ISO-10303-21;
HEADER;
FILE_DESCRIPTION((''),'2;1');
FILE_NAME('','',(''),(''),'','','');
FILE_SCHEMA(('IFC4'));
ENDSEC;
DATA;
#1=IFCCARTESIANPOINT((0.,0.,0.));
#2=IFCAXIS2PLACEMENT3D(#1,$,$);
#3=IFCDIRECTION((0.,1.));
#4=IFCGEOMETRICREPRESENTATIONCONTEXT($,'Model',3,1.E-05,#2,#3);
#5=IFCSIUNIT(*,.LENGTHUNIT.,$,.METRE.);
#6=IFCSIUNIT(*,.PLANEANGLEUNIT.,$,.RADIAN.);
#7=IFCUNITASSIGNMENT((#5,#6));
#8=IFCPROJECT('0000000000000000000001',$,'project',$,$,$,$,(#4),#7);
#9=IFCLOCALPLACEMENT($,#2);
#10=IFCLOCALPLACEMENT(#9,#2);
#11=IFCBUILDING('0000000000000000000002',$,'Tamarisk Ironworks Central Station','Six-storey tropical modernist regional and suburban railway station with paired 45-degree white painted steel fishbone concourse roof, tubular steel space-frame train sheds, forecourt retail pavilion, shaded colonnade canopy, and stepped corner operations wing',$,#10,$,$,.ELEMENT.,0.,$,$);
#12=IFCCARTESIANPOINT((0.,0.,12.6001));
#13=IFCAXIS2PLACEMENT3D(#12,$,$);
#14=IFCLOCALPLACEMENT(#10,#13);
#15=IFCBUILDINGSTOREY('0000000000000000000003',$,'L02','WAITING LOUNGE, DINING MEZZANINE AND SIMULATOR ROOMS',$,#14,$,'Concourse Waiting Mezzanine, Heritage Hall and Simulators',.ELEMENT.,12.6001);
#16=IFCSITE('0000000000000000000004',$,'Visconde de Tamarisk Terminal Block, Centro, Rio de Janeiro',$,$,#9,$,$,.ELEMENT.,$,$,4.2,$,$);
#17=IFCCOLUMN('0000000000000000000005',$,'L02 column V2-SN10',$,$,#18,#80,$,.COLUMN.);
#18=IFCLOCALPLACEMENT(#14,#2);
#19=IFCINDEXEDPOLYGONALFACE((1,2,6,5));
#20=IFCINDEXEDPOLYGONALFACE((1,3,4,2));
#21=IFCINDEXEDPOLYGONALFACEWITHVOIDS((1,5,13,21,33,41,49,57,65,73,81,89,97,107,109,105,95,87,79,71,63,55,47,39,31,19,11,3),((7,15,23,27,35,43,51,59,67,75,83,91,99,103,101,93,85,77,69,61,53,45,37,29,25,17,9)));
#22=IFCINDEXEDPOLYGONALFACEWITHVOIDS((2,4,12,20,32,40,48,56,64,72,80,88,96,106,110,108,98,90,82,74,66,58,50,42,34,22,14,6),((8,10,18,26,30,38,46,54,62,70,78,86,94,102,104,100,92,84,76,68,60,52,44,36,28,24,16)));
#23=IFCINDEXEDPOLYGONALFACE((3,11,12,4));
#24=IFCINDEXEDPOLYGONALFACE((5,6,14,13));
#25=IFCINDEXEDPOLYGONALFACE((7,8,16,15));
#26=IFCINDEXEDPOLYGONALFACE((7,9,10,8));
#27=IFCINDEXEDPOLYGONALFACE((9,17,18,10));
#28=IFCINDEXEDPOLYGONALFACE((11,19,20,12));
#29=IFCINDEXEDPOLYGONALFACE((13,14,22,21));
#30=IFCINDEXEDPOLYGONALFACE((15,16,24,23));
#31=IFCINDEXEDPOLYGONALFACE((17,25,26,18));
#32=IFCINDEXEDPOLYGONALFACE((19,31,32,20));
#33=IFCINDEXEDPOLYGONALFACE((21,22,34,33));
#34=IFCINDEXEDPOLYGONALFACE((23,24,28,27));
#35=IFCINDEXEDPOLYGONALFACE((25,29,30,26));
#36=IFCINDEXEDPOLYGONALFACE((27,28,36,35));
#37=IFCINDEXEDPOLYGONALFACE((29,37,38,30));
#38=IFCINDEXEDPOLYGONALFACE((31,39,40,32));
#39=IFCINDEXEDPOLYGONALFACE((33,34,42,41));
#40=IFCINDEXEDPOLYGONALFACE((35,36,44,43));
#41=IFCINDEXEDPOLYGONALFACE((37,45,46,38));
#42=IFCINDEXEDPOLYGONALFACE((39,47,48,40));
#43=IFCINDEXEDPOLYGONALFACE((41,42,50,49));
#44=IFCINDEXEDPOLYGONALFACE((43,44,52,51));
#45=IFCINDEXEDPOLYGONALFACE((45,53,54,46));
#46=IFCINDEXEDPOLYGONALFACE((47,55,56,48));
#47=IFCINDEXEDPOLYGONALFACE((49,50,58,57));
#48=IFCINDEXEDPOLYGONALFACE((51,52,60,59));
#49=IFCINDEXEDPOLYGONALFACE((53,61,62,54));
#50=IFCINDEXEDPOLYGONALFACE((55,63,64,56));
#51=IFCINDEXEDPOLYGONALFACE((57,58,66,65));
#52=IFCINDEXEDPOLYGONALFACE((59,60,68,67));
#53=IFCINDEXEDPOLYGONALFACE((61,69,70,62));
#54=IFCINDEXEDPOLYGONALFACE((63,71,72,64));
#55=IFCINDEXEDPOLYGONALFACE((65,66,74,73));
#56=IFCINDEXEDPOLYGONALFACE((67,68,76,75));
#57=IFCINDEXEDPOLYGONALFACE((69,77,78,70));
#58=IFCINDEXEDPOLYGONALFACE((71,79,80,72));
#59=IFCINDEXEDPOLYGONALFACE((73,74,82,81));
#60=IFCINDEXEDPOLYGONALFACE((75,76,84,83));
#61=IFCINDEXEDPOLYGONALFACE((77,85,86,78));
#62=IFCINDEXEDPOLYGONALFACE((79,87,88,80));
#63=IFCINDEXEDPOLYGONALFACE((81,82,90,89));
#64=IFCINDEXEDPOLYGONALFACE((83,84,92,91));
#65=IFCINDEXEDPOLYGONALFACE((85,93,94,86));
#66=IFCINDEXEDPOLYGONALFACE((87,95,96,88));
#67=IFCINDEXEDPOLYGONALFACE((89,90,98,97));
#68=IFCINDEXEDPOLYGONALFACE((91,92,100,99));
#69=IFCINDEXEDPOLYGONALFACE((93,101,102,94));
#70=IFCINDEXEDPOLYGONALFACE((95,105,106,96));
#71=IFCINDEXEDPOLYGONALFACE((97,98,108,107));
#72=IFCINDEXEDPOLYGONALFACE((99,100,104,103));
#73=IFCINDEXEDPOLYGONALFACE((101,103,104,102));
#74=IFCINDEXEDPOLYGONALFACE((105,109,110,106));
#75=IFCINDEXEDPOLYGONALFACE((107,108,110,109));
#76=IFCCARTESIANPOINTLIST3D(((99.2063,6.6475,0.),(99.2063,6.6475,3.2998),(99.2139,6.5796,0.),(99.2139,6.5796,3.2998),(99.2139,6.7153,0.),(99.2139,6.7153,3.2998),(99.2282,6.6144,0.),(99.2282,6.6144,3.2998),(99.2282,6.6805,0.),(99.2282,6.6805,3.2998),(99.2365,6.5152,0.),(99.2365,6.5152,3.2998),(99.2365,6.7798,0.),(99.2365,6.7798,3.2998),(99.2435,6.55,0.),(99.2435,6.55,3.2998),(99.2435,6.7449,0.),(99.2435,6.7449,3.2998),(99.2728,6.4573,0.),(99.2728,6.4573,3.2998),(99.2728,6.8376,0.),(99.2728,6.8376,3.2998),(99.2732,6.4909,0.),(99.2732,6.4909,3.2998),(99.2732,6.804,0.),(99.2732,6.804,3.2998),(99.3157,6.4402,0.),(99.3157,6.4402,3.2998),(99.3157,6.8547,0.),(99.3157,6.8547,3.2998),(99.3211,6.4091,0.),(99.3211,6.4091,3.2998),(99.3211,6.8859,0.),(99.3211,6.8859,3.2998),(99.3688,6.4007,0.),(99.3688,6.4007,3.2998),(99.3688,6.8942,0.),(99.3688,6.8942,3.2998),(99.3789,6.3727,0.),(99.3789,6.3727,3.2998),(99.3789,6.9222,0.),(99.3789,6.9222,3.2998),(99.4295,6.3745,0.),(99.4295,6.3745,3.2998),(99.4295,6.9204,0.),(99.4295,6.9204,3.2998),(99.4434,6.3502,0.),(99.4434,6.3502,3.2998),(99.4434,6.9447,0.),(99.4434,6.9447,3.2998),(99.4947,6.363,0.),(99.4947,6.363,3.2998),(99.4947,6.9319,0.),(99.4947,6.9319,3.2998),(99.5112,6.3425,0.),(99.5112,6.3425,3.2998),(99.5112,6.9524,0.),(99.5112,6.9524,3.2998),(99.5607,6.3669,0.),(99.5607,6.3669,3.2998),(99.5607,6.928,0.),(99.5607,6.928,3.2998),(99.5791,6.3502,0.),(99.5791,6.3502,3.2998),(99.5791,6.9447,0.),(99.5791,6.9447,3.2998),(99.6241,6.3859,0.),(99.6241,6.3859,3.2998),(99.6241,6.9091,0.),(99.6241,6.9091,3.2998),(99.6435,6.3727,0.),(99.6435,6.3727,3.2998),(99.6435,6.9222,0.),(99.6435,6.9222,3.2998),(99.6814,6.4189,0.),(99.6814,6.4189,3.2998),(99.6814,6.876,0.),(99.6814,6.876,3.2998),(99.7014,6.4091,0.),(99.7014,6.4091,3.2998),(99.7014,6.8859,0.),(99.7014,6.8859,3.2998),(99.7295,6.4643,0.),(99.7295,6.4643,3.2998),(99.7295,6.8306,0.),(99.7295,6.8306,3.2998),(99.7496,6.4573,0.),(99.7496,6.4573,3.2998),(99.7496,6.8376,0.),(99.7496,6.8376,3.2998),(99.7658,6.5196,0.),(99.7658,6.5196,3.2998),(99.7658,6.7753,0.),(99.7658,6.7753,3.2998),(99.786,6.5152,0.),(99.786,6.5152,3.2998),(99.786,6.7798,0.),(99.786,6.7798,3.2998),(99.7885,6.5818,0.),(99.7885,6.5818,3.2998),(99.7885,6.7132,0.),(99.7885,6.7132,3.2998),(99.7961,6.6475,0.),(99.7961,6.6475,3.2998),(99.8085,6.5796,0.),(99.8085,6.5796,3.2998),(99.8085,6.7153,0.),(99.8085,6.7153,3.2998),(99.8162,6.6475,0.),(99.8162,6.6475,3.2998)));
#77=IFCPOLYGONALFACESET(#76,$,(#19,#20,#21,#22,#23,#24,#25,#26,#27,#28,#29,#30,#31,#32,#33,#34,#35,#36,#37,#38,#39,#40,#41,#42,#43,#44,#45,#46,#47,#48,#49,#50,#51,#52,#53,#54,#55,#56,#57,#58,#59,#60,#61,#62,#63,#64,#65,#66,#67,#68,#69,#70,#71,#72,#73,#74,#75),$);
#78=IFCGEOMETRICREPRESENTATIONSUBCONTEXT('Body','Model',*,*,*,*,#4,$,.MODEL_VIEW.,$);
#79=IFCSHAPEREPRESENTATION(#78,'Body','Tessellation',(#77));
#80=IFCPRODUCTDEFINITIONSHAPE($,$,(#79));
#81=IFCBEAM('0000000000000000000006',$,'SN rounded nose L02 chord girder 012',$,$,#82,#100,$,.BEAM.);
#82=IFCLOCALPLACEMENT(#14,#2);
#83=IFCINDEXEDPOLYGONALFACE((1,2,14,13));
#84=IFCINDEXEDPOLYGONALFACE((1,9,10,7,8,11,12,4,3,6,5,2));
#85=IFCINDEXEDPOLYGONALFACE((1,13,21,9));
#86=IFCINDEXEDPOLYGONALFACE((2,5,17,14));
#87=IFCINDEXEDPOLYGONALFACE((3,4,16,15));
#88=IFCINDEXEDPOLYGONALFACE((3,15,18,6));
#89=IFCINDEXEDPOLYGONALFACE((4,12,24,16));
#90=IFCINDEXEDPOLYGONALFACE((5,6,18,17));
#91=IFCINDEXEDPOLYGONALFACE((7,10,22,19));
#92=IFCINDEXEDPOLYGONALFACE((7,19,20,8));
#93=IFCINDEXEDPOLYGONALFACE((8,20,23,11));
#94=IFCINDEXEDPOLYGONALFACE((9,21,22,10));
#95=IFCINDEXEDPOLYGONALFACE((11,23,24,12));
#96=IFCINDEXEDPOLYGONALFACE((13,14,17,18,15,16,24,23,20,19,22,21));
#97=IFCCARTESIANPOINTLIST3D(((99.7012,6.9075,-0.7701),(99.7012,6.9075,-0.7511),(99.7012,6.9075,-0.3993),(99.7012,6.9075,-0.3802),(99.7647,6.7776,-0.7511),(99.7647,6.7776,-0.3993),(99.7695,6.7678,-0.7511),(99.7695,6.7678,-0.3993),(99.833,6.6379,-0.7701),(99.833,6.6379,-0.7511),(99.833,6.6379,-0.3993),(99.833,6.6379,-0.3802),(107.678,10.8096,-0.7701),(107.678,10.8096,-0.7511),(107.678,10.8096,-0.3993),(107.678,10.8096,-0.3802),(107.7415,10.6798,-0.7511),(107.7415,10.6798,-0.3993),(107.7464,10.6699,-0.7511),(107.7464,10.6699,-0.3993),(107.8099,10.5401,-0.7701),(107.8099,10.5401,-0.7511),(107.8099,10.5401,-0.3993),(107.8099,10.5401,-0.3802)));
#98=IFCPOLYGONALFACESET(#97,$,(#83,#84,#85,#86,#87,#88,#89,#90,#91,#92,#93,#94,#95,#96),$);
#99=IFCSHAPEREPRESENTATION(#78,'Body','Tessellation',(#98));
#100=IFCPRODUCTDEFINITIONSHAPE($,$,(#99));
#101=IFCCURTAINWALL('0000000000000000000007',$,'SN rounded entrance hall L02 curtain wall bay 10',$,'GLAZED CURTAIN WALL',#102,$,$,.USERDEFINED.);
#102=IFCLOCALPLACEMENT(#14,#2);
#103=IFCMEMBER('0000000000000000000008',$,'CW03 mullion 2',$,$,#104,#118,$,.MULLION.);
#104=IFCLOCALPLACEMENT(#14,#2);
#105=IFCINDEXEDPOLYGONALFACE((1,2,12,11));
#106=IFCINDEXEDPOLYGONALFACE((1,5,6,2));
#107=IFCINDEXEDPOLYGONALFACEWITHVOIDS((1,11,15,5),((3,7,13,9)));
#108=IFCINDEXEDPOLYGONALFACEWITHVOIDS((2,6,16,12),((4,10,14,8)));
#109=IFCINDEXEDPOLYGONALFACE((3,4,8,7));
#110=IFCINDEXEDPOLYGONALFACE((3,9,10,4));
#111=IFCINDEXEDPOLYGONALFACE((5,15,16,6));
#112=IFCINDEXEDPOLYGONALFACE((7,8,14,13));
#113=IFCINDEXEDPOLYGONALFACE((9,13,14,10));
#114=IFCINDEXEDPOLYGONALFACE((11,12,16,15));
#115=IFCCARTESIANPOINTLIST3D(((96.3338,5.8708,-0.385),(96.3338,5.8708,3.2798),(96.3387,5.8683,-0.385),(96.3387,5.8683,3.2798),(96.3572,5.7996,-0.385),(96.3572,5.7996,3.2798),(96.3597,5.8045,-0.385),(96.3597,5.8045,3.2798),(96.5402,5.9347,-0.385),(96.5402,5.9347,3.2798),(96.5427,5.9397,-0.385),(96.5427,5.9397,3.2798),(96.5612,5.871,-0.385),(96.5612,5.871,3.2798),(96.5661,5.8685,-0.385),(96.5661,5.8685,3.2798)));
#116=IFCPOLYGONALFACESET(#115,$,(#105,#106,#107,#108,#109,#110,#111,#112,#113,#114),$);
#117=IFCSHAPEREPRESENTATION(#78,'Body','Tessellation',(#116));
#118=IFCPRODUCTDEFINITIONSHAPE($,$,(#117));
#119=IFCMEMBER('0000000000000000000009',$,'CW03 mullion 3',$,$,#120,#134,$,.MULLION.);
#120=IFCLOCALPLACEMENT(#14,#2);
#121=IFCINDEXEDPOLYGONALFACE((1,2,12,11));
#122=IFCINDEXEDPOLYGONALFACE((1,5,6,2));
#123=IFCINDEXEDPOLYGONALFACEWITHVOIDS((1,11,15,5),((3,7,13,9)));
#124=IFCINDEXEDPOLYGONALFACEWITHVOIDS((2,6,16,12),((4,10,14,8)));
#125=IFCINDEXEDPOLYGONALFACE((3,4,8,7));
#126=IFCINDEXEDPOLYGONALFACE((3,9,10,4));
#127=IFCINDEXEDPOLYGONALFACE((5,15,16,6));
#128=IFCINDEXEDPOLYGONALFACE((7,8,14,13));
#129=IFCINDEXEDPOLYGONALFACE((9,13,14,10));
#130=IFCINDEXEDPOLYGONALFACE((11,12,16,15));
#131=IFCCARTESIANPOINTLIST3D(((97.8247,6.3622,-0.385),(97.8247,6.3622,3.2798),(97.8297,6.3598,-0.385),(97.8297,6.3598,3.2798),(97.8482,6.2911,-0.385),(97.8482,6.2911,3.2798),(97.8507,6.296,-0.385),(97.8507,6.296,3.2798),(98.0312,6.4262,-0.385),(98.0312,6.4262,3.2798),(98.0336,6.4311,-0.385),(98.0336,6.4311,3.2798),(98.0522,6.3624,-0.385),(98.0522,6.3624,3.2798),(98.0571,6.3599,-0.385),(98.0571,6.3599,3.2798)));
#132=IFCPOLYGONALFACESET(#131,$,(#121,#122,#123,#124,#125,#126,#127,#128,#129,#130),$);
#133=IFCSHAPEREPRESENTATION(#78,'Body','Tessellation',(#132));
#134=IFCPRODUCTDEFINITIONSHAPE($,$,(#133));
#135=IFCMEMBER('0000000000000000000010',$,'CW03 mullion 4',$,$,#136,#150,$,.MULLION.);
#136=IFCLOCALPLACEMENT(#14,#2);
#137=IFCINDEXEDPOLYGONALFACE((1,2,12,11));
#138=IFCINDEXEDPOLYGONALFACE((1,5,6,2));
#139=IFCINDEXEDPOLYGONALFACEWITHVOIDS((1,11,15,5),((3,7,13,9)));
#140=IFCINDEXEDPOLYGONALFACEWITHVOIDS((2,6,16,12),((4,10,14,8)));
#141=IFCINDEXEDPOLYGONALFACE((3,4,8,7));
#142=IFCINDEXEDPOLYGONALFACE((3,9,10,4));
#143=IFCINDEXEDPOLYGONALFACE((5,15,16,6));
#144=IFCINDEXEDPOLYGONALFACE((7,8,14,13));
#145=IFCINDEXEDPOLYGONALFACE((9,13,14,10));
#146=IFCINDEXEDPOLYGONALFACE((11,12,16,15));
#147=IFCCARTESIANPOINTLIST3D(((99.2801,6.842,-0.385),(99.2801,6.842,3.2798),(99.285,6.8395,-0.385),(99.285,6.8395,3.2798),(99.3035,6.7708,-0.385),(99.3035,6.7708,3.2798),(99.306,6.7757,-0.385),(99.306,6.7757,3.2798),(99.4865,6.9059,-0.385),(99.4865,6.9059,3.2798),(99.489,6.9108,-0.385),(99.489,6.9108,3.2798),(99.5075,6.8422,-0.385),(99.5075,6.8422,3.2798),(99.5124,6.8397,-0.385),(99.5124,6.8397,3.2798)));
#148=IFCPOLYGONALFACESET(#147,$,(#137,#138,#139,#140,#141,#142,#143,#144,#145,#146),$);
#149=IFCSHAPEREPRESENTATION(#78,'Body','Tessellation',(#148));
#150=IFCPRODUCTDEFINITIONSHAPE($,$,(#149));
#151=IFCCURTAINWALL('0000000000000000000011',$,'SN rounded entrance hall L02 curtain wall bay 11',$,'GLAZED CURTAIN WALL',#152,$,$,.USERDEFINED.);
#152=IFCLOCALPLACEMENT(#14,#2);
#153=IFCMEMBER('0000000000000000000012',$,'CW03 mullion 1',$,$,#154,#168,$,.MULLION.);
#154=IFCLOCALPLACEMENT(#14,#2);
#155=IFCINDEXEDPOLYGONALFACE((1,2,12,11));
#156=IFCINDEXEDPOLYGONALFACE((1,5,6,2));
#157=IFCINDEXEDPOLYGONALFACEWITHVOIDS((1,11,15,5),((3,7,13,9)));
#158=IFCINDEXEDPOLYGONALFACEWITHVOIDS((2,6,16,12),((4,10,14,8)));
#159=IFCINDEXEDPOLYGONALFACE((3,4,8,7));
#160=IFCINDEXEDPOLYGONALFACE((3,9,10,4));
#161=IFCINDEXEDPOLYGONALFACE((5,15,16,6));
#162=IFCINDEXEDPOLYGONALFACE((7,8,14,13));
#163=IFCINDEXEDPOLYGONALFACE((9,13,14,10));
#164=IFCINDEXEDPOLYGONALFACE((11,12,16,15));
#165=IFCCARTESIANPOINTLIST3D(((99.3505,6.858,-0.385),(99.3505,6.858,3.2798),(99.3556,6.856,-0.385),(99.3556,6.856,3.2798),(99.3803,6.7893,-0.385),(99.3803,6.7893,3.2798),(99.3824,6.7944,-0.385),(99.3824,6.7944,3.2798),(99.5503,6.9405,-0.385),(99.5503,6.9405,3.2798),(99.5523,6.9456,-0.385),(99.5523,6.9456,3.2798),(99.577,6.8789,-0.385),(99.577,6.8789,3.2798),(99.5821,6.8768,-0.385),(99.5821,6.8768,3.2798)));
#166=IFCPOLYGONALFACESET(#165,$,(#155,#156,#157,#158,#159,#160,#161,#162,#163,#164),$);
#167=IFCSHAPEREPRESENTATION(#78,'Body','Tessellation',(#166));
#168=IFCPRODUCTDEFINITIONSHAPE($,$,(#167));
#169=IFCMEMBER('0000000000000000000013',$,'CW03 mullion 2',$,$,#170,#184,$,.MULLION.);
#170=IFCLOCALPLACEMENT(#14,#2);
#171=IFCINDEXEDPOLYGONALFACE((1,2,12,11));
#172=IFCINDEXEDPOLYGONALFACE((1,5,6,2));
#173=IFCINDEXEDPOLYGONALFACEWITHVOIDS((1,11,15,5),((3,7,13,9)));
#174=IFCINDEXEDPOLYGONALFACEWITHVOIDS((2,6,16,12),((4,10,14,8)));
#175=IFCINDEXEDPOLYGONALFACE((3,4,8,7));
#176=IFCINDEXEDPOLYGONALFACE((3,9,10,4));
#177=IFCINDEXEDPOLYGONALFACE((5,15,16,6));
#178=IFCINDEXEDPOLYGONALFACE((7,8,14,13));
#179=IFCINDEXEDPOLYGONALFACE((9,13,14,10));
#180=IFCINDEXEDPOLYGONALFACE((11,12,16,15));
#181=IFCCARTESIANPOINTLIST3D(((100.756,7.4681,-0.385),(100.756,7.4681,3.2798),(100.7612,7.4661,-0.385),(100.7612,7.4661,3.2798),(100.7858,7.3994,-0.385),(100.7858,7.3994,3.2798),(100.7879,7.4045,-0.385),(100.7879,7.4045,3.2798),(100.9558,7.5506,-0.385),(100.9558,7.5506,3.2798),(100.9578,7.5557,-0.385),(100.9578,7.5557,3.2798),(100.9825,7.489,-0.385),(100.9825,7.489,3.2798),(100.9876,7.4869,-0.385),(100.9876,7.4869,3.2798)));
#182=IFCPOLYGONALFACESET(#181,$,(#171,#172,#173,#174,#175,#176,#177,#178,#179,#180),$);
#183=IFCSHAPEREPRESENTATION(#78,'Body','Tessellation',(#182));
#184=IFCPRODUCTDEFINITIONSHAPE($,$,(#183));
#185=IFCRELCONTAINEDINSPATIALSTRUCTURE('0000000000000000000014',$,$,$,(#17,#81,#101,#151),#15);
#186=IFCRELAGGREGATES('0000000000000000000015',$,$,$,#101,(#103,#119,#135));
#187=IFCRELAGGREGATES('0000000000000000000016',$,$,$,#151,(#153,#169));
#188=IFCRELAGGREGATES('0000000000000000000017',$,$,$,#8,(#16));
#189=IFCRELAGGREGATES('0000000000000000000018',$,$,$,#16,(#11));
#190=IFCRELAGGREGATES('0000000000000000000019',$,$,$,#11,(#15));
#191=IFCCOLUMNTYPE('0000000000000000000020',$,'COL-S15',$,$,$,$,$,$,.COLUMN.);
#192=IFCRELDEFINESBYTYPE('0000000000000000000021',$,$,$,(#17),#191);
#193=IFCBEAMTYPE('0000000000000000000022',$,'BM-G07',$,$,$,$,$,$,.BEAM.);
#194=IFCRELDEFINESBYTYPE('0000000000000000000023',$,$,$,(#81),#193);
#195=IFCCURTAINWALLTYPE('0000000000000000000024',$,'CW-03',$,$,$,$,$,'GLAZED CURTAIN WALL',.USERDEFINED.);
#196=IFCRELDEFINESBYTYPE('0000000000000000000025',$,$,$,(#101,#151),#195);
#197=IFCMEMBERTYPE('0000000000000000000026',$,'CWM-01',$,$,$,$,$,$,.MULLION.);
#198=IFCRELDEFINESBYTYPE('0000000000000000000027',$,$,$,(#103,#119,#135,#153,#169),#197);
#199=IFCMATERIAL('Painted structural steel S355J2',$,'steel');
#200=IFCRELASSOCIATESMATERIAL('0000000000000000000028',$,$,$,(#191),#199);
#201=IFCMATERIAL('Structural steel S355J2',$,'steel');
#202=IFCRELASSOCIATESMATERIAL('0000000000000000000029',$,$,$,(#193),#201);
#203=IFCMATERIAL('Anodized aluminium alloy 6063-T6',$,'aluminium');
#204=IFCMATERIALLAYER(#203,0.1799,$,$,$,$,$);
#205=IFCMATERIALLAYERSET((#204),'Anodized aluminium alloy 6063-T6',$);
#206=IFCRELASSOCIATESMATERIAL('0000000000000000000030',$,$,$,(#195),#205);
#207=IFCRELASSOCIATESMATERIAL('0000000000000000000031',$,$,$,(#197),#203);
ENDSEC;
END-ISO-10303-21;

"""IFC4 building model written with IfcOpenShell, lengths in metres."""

from ifc_helpers import new_model, si_unit, direction, frame, origin, origin_2d, place, context, subcontext, project, spatial, hollow_rectangle, hollow_circle, i_section, extrude, material, layer, layer_set, material_profile, profile_set, type_object, element, aggregate, save


model = new_model("IFC4")

# Units and contexts
model_context = context("Model", 3, precision=1e-05, world=origin(), true_north=direction((0.0, 1.0)))
body_context = subcontext(model_context, "Body", "Model", "MODEL_VIEW")
ifc_project = project(units=[si_unit("LENGTHUNIT", "METRE"), si_unit("PLANEANGLEUNIT", "RADIAN")], contexts=[model_context])

# Site, building, storey
site_placement = place(None, origin())
site = spatial("IfcSite", under=ifc_project, at=site_placement, Name="Visconde de Tamarisk Terminal Block, Centro, Rio de Janeiro", CompositionType="ELEMENT", RefElevation=4.2)
building_placement = place(site_placement, origin())
building = spatial("IfcBuilding", under=site, at=building_placement, Name="Tamarisk Ironworks Central Station", Description="Six-storey tropical modernist regional and suburban railway station with paired 45-degree white painted steel fishbone concourse roof, tubular steel space-frame train sheds, forecourt retail pavilion, shaded colonnade canopy, and stepped corner operations wing", CompositionType="ELEMENT", ElevationOfRefHeight=0.0)
storey_placement = place(building_placement, frame((0.0, 0.0, 12.6001)))
storey = spatial("IfcBuildingStorey", under=building, at=storey_placement, Name="L02", Description="WAITING LOUNGE, DINING MEZZANINE AND SIMULATOR ROOMS", LongName="Concourse Waiting Mezzanine, Heritage Hall and Simulators", CompositionType="ELEMENT", Elevation=12.6001)

# Column
ifc_material_1 = material(Name="Painted structural steel S355J2", Category="steel")
ifc_material_profile_1 = material_profile(ifc_material_1, hollow_circle(Radius=0.3049, WallThickness=0.02, at=origin_2d()), Name="CHS 610x20")
ifc_profile_set_1 = profile_set([ifc_material_profile_1], Name="Painted structural steel S355J2")
column_type = type_object("IfcColumnType", Name="COL-S15", PredefinedType="COLUMN", material=ifc_profile_set_1)
column_placement = place(storey_placement, frame((99.5112, 6.6475, 0.0), z_axis=(0.0, 0.0, 1.0), x_axis=(1.0, 0.0, 0.0)))
element("IfcColumn", 1, at=column_placement, inside=storey, type_object=column_type, Name="L02 column V2-SN10", PredefinedType="COLUMN", context=body_context, shape_type="SweptSolid", body=[
    extrude(hollow_circle(Radius=0.3049, WallThickness=0.02, at=origin_2d()), origin(), (0.0, 0.0, 1.0), 3.2998),
])

# Beam
ifc_material_2 = material(Name="Structural steel S355J2", Category="steel")
ifc_material_profile_2 = material_profile(ifc_material_2, i_section(OverallWidth=0.3, OverallDepth=0.3899, WebThickness=0.011, FlangeThickness=0.019, at=origin_2d()), Name="HEA 400")
ifc_profile_set_2 = profile_set([ifc_material_profile_2], Name="Structural steel S355J2")
beam_type = type_object("IfcBeamType", Name="BM-G07", PredefinedType="BEAM", material=ifc_profile_set_2)
beam_placement = place(storey_placement, frame((99.7671, 6.7727, -0.5752), z_axis=(0.898281, 0.439422, 0.0), x_axis=(-0.439422, 0.898281, 0.0)))
element("IfcBeam", 2, at=beam_placement, inside=storey, type_object=beam_type, Name="SN rounded nose L02 chord girder 012", PredefinedType="BEAM", context=body_context, shape_type="SweptSolid", body=[
    extrude(i_section(OverallWidth=0.3, OverallDepth=0.3899, WebThickness=0.011, FlangeThickness=0.019, at=origin_2d()), origin(), (0.0, 0.0, 1.0), 8.8801),
])

# Curtain walls, members
ifc_material_3 = material(Name="Anodized aluminium alloy 6063-T6", Category="aluminium")
ifc_layer_1 = layer(ifc_material_3, 0.1799)
ifc_layer_set_1 = layer_set([ifc_layer_1], Name="Anodized aluminium alloy 6063-T6")
curtain_wall_type = type_object("IfcCurtainWallType", Name="CW-03", ElementType="GLAZED CURTAIN WALL", PredefinedType="USERDEFINED", material=ifc_layer_set_1)
curtain_wall_1_placement = place(storey_placement, origin())
curtain_wall_1 = element("IfcCurtainWall", 3, at=curtain_wall_1_placement, inside=storey, type_object=curtain_wall_type, Name="SN rounded entrance hall L02 curtain wall bay 10", ObjectType="GLAZED CURTAIN WALL", PredefinedType="USERDEFINED")
ifc_material_profile_3 = material_profile(ifc_material_3, hollow_rectangle(XDim=0.075, YDim=0.22, WallThickness=0.0039, at=origin_2d()), Name="ALUM 220x75")
ifc_profile_set_3 = profile_set([ifc_material_profile_3], Name="Anodized aluminium alloy 6063-T6")
member_type_1 = type_object("IfcMemberType", Name="CWM-01", PredefinedType="MULLION", material=ifc_profile_set_3)
member_1_placement = place(storey_placement, frame((96.45, 5.8696, -0.385), z_axis=(0.0, 0.0, 1.0), x_axis=(-0.313098, 0.949721, 0.0)))
member_1 = element("IfcMember", 4, at=member_1_placement, type_object=member_type_1, Name="CW03 mullion 2", PredefinedType="MULLION", context=body_context, shape_type="SweptSolid", body=[
    extrude(hollow_rectangle(XDim=0.075, YDim=0.22, WallThickness=0.0039, at=origin_2d()), origin(), (0.0, 0.0, 1.0), 3.6648),
])
member_2_placement = place(storey_placement, frame((97.9409, 6.3611, -0.385), z_axis=(0.0, 0.0, 1.0), x_axis=(-0.313098, 0.949721, 0.0)))
member_2 = element("IfcMember", 5, at=member_2_placement, type_object=member_type_1, Name="CW03 mullion 3", PredefinedType="MULLION", context=body_context, shape_type="SweptSolid", body=[
    extrude(hollow_rectangle(XDim=0.075, YDim=0.22, WallThickness=0.0039, at=origin_2d()), origin(), (0.0, 0.0, 1.0), 3.6648),
])
member_3_placement = place(storey_placement, frame((99.3962, 6.8408, -0.385), z_axis=(0.0, 0.0, 1.0), x_axis=(-0.313098, 0.949721, 0.0)))
member_3 = element("IfcMember", 6, at=member_3_placement, type_object=member_type_1, Name="CW03 mullion 4", PredefinedType="MULLION", context=body_context, shape_type="SweptSolid", body=[
    extrude(hollow_rectangle(XDim=0.075, YDim=0.22, WallThickness=0.0039, at=origin_2d()), origin(), (0.0, 0.0, 1.0), 3.6648),
])
curtain_wall_2_placement = place(storey_placement, origin())
curtain_wall_2 = element("IfcCurtainWall", 7, at=curtain_wall_2_placement, inside=storey, type_object=curtain_wall_type, Name="SN rounded entrance hall L02 curtain wall bay 11", ObjectType="GLAZED CURTAIN WALL", PredefinedType="USERDEFINED")
member_4_placement = place(storey_placement, frame((99.4663, 6.8674, -0.385), z_axis=(0.0, 0.0, 1.0), x_axis=(-0.398077, 0.917352, 0.0)))
member_4 = element("IfcMember", 8, at=member_4_placement, type_object=member_type_1, Name="CW03 mullion 1", PredefinedType="MULLION", context=body_context, shape_type="SweptSolid", body=[
    extrude(hollow_rectangle(XDim=0.075, YDim=0.22, WallThickness=0.0039, at=origin_2d()), origin(), (0.0, 0.0, 1.0), 3.6648),
])
member_5_placement = place(storey_placement, frame((100.8718, 7.4775, -0.385), z_axis=(0.0, 0.0, 1.0), x_axis=(-0.398077, 0.917352, 0.0)))
member_5 = element("IfcMember", 9, at=member_5_placement, type_object=member_type_1, Name="CW03 mullion 2", PredefinedType="MULLION", context=body_context, shape_type="SweptSolid", body=[
    extrude(hollow_rectangle(XDim=0.075, YDim=0.22, WallThickness=0.0039, at=origin_2d()), origin(), (0.0, 0.0, 1.0), 3.6648),
])

aggregate(curtain_wall_1, [member_1, member_2, member_3])
aggregate(curtain_wall_2, [member_4, member_5])

save(model, "model.ifc")
